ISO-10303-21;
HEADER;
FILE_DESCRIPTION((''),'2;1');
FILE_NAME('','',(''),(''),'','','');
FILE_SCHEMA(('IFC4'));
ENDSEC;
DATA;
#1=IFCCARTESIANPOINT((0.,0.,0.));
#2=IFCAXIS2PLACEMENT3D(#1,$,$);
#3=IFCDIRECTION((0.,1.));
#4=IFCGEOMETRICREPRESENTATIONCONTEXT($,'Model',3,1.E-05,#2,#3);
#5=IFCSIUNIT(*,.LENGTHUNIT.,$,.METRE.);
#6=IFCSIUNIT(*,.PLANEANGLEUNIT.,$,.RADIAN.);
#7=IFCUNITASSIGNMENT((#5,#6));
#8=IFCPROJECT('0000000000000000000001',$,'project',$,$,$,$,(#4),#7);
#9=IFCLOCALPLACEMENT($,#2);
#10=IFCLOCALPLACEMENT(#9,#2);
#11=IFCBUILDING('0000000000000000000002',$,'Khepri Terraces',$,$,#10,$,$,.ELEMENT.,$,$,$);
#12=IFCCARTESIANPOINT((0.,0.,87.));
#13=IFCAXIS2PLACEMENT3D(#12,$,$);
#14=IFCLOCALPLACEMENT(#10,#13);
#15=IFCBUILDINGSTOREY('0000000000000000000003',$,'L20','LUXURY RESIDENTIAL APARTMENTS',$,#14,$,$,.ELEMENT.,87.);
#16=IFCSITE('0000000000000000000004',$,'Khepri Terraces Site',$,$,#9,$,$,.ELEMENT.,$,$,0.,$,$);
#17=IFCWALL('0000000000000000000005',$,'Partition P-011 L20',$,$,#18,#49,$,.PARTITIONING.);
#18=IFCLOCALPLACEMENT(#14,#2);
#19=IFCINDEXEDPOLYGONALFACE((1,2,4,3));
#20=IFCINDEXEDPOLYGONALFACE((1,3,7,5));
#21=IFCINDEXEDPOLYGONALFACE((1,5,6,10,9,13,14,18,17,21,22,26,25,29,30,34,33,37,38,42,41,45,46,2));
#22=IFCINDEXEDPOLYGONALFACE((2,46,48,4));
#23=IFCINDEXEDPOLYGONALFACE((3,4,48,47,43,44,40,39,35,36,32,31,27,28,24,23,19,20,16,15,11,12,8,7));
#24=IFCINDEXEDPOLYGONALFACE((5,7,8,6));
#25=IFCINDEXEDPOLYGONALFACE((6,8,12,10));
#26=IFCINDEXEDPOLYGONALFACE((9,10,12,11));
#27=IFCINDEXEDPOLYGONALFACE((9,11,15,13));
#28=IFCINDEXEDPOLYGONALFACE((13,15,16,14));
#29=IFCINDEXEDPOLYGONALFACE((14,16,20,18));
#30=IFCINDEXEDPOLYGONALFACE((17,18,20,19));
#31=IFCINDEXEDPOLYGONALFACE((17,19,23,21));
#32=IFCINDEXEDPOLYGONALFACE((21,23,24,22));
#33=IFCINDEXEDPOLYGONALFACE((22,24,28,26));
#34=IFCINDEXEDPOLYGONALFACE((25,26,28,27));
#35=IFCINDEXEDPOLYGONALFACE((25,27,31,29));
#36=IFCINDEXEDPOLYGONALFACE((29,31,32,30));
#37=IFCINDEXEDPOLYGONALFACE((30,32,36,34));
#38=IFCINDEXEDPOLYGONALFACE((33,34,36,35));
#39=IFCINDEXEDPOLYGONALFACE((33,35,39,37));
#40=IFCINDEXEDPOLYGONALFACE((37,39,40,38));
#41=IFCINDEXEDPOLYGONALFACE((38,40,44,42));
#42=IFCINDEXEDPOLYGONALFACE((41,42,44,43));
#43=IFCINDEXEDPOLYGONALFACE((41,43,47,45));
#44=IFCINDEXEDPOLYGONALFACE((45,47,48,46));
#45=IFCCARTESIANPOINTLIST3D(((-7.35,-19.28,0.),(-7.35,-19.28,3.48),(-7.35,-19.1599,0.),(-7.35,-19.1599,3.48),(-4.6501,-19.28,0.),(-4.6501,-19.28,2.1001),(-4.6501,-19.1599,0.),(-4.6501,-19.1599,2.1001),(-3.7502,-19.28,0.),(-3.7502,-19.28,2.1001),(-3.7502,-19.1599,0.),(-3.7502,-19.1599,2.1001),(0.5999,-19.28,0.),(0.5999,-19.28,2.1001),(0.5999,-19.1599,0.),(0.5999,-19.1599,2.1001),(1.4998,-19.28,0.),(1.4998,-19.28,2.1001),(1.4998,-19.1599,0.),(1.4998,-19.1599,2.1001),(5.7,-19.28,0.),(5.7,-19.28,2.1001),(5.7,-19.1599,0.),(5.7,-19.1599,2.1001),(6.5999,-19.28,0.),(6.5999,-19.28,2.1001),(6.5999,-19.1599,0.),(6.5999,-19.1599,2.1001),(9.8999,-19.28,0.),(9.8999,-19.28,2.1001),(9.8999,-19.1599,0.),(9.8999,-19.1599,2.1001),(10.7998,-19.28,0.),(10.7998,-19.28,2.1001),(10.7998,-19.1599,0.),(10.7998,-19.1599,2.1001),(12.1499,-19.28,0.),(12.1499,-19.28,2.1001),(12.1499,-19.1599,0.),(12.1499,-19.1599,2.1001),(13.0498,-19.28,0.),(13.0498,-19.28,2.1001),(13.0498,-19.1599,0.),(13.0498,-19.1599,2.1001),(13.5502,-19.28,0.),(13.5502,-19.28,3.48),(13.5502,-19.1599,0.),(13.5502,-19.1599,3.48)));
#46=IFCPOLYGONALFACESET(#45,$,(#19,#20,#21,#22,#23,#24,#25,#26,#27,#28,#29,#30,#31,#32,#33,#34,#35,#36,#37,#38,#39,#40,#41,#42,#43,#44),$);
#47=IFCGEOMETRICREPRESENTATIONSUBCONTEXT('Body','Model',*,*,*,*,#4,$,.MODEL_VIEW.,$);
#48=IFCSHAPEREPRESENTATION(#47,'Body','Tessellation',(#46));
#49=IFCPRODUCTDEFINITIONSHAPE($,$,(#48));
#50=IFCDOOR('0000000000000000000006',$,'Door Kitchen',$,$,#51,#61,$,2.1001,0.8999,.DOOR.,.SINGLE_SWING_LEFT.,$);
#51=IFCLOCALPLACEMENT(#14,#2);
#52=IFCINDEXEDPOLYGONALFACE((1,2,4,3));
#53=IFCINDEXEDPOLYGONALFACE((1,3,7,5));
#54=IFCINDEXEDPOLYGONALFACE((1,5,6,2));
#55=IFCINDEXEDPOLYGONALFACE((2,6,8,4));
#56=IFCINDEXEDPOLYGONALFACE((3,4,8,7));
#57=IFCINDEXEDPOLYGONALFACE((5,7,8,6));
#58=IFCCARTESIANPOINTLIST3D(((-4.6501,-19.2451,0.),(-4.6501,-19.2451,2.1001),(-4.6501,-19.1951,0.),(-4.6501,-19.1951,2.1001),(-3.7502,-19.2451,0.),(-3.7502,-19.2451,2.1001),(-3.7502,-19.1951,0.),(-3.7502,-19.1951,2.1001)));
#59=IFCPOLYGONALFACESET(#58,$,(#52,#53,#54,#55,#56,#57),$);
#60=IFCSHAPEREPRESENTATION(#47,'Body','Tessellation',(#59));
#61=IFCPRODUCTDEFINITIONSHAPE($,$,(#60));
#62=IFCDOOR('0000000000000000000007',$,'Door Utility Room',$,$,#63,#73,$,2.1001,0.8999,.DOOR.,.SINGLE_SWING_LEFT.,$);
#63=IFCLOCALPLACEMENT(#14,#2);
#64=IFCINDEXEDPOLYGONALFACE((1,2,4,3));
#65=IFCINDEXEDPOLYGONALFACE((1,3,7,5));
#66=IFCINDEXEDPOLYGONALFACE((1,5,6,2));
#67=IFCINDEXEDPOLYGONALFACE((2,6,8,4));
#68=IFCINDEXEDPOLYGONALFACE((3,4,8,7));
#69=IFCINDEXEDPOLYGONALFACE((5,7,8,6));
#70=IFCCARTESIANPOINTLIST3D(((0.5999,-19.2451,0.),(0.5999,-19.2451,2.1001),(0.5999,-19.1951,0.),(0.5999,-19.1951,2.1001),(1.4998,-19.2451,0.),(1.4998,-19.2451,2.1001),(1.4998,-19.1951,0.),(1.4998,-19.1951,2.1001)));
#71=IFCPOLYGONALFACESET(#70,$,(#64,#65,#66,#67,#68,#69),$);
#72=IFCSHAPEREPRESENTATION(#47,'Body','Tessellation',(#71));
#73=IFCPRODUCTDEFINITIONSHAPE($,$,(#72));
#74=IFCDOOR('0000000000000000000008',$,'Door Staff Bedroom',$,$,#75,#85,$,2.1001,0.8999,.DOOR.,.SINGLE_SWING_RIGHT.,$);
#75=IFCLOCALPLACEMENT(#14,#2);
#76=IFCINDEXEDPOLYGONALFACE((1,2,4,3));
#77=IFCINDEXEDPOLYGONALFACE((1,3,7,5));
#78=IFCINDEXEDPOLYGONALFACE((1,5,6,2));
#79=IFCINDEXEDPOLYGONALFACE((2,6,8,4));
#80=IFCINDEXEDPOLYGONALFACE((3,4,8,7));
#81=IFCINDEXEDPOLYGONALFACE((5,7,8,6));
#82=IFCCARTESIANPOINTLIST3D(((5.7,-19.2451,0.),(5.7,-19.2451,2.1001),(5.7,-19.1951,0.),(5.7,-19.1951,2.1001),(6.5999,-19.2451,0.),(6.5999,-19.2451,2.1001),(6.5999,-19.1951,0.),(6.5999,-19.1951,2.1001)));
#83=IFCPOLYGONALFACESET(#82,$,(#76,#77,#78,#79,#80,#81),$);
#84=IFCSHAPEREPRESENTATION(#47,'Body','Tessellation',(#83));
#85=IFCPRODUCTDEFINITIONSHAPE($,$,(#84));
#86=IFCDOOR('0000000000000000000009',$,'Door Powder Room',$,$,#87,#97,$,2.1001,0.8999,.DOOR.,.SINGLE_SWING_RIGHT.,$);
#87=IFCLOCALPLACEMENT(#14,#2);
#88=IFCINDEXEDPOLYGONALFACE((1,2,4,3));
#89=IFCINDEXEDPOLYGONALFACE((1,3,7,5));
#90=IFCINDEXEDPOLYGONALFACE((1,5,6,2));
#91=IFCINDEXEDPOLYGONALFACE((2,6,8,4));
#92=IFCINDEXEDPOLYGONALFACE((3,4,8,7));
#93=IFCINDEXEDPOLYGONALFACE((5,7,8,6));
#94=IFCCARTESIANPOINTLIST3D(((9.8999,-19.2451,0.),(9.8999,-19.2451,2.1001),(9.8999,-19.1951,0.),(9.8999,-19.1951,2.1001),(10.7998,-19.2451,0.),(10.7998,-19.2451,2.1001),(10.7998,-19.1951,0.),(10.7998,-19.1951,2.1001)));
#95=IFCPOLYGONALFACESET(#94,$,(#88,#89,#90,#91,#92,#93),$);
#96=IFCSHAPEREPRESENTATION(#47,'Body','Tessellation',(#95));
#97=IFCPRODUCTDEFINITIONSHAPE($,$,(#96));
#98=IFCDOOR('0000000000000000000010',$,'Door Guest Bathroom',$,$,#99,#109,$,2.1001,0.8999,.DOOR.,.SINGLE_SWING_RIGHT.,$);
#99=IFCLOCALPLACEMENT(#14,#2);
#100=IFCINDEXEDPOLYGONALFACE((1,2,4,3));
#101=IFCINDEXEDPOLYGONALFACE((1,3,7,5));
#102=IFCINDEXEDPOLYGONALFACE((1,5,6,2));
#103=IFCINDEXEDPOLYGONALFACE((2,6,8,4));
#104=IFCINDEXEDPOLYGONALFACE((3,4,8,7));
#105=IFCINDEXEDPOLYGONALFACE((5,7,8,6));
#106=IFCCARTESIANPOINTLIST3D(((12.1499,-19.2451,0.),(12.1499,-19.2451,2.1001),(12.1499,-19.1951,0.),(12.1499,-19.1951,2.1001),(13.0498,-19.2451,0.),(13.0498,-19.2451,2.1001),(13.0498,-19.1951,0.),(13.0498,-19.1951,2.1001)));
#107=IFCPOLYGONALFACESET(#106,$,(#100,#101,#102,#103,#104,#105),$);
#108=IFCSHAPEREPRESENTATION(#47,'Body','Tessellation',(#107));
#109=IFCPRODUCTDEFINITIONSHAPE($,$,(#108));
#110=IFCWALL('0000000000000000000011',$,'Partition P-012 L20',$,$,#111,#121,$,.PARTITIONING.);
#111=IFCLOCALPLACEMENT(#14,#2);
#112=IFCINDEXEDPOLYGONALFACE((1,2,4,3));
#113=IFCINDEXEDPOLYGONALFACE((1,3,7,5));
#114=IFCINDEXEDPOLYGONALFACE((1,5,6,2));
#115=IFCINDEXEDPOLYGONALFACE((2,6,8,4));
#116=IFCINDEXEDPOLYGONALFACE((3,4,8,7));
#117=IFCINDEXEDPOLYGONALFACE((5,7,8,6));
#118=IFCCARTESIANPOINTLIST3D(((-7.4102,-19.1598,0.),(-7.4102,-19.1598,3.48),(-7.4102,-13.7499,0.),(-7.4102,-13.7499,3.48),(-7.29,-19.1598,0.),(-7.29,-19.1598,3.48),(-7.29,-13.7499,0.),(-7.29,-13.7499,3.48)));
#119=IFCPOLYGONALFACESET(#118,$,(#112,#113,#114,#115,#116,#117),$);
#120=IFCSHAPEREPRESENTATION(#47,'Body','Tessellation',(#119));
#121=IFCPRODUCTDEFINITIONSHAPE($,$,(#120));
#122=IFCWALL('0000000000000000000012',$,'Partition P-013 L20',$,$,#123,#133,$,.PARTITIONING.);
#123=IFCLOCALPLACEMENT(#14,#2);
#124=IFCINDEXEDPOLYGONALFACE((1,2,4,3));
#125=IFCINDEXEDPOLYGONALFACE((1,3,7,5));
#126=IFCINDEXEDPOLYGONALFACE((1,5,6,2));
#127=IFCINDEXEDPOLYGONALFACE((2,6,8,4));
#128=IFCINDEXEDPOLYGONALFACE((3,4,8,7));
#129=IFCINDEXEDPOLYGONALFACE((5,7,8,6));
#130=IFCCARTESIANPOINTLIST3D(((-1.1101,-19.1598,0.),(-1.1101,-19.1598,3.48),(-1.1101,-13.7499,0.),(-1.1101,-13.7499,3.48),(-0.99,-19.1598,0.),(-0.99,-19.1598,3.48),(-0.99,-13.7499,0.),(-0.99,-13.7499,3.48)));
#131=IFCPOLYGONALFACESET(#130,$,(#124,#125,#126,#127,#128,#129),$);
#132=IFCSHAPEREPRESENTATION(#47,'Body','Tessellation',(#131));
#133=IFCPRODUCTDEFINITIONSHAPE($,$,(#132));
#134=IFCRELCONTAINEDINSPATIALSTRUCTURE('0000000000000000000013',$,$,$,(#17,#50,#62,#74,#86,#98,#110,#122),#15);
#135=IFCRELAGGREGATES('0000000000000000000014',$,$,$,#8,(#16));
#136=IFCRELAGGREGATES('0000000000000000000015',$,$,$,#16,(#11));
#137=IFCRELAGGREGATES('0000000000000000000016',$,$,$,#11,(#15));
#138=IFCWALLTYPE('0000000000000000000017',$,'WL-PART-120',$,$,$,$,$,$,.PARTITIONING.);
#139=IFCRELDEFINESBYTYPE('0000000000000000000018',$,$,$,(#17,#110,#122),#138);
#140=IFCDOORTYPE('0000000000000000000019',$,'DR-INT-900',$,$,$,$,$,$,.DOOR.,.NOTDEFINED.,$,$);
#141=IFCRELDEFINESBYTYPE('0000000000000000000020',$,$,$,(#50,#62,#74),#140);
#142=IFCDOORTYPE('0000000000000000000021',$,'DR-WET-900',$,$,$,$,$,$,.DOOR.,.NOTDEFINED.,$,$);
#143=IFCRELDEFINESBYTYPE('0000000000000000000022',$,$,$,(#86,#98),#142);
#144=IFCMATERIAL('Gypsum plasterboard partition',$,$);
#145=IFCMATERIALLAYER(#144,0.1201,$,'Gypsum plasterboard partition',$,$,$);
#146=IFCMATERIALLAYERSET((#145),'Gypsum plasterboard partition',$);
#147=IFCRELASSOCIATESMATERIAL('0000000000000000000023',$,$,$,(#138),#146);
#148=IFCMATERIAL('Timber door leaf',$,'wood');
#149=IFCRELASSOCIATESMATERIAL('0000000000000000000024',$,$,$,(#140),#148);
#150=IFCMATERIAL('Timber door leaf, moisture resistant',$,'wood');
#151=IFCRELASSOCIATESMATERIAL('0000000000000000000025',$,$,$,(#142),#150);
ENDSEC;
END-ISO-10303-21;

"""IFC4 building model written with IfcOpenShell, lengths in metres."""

from ifc_helpers import new_model, si_unit, direction, frame, frame_2d, origin, place, context, subcontext, project, spatial, rectangle, extrude, material, layer, layer_set, type_object, element, fill, save


model = new_model("IFC4")

# Units and contexts
model_context = context("Model", 3, precision=1e-05, world=origin(), true_north=direction((0.0, 1.0)))
body_context = subcontext(model_context, "Body", "Model", "MODEL_VIEW")
ifc_project = project(units=[si_unit("LENGTHUNIT", "METRE"), si_unit("PLANEANGLEUNIT", "RADIAN")], contexts=[model_context])

# Site, building, storey
site_placement = place(None, origin())
site = spatial("IfcSite", under=ifc_project, at=site_placement, Name="Khepri Terraces Site", CompositionType="ELEMENT", RefElevation=0.0)
building_placement = place(site_placement, origin())
building = spatial("IfcBuilding", under=site, at=building_placement, Name="Khepri Terraces", CompositionType="ELEMENT")
storey_placement = place(building_placement, frame((0.0, 0.0, 87.0)))
storey = spatial("IfcBuildingStorey", under=building, at=storey_placement, Name="L20", Description="LUXURY RESIDENTIAL APARTMENTS", CompositionType="ELEMENT", Elevation=87.0)

# Shared definitions
ifc_material_1 = material(Name="Gypsum plasterboard partition")
ifc_layer_1 = layer(ifc_material_1, 0.1201, Name="Gypsum plasterboard partition")
ifc_layer_set_1 = layer_set([ifc_layer_1], Name="Gypsum plasterboard partition")
wall_type_1 = type_object("IfcWallType", Name="WL-PART-120", PredefinedType="PARTITIONING", material=ifc_layer_set_1)

# Wall, openings, doors
wall_1_placement = place(storey_placement, frame((-7.3501, -19.22, 0.0), z_axis=(0.0, 0.0, 1.0), x_axis=(1.0, 0.0, 0.0)))
wall_1 = element("IfcWall", 1, at=wall_1_placement, inside=storey, type_object=wall_type_1, Name="Partition P-011 L20", PredefinedType="PARTITIONING", context=body_context, shape_type="SweptSolid", body=[
    extrude(rectangle(XDim=20.9001, YDim=0.1201, at=frame_2d((10.4502, 0.0))), origin(), (0.0, 0.0, 1.0), 3.48),
])
opening_1_placement = place(wall_1_placement, frame((2.7, 0.0, 0.0)))
opening_1 = element("IfcOpeningElement", 2, at=opening_1_placement, cuts=wall_1, PredefinedType="OPENING", context=body_context, shape_type="SweptSolid", body=[
    extrude(rectangle(XDim=0.8999, YDim=2.1001, at=frame_2d((0.45, 1.05))), frame((0.0, 0.0701, 0.0), z_axis=(0.0, -1.0, 0.0), x_axis=(1.0, 0.0, 0.0)), (0.0, 0.0, 1.0), 0.1401),
])
opening_2_placement = place(wall_1_placement, frame((7.95, 0.0, 0.0)))
opening_2 = element("IfcOpeningElement", 3, at=opening_2_placement, cuts=wall_1, PredefinedType="OPENING", context=body_context, shape_type="SweptSolid", body=[
    extrude(rectangle(XDim=0.8999, YDim=2.1001, at=frame_2d((0.45, 1.05))), frame((0.0, 0.0701, 0.0), z_axis=(0.0, -1.0, 0.0), x_axis=(1.0, 0.0, 0.0)), (0.0, 0.0, 1.0), 0.1401),
])
opening_3_placement = place(wall_1_placement, frame((13.05, 0.0, 0.0)))
opening_3 = element("IfcOpeningElement", 4, at=opening_3_placement, cuts=wall_1, PredefinedType="OPENING", context=body_context, shape_type="SweptSolid", body=[
    extrude(rectangle(XDim=0.8999, YDim=2.1001, at=frame_2d((0.45, 1.05))), frame((0.0, 0.0701, 0.0), z_axis=(0.0, -1.0, 0.0), x_axis=(1.0, 0.0, 0.0)), (0.0, 0.0, 1.0), 0.1401),
])
opening_4_placement = place(wall_1_placement, frame((17.25, 0.0, 0.0)))
opening_4 = element("IfcOpeningElement", 5, at=opening_4_placement, cuts=wall_1, PredefinedType="OPENING", context=body_context, shape_type="SweptSolid", body=[
    extrude(rectangle(XDim=0.8999, YDim=2.1001, at=frame_2d((0.45, 1.05))), frame((0.0, 0.0701, 0.0), z_axis=(0.0, -1.0, 0.0), x_axis=(1.0, 0.0, 0.0)), (0.0, 0.0, 1.0), 0.1401),
])
opening_5_placement = place(wall_1_placement, frame((19.5, 0.0, 0.0)))
opening_5 = element("IfcOpeningElement", 6, at=opening_5_placement, cuts=wall_1, PredefinedType="OPENING", context=body_context, shape_type="SweptSolid", body=[
    extrude(rectangle(XDim=0.8999, YDim=2.1001, at=frame_2d((0.45, 1.05))), frame((0.0, 0.0701, 0.0), z_axis=(0.0, -1.0, 0.0), x_axis=(1.0, 0.0, 0.0)), (0.0, 0.0, 1.0), 0.1401),
])
ifc_material_2 = material(Name="Timber door leaf", Category="wood")
door_type_1 = type_object("IfcDoorType", Name="DR-INT-900", OperationType="NOTDEFINED", PredefinedType="DOOR", material=ifc_material_2)
door_1_placement = place(opening_1_placement, origin())
door_1 = element("IfcDoor", 7, at=door_1_placement, inside=storey, type_object=door_type_1, Name="Door Kitchen", OperationType="SINGLE_SWING_LEFT", OverallHeight=2.1001, OverallWidth=0.8999, PredefinedType="DOOR", context=body_context, shape_type="SweptSolid", body=[
    extrude(rectangle(XDim=0.8999, YDim=2.1001, at=frame_2d((0.45, 1.05))), frame((0.0, 0.0249, 0.0), z_axis=(0.0, -1.0, 0.0), x_axis=(1.0, 0.0, 0.0)), (0.0, 0.0, 1.0), 0.05),
])
fill(opening_1, door_1)
door_2_placement = place(opening_2_placement, origin())
door_2 = element("IfcDoor", 8, at=door_2_placement, inside=storey, type_object=door_type_1, Name="Door Utility Room", OperationType="SINGLE_SWING_LEFT", OverallHeight=2.1001, OverallWidth=0.8999, PredefinedType="DOOR", context=body_context, shape_type="SweptSolid", body=[
    extrude(rectangle(XDim=0.8999, YDim=2.1001, at=frame_2d((0.45, 1.05))), frame((0.0, 0.0249, 0.0), z_axis=(0.0, -1.0, 0.0), x_axis=(1.0, 0.0, 0.0)), (0.0, 0.0, 1.0), 0.05),
])
fill(opening_2, door_2)
door_3_placement = place(opening_3_placement, origin())
door_3 = element("IfcDoor", 9, at=door_3_placement, inside=storey, type_object=door_type_1, Name="Door Staff Bedroom", OperationType="SINGLE_SWING_RIGHT", OverallHeight=2.1001, OverallWidth=0.8999, PredefinedType="DOOR", context=body_context, shape_type="SweptSolid", body=[
    extrude(rectangle(XDim=0.8999, YDim=2.1001, at=frame_2d((0.45, 1.05))), frame((0.0, 0.0249, 0.0), z_axis=(0.0, -1.0, 0.0), x_axis=(1.0, 0.0, 0.0)), (0.0, 0.0, 1.0), 0.05),
])
fill(opening_3, door_3)
ifc_material_3 = material(Name="Timber door leaf, moisture resistant", Category="wood")
door_type_2 = type_object("IfcDoorType", Name="DR-WET-900", OperationType="NOTDEFINED", PredefinedType="DOOR", material=ifc_material_3)
door_4_placement = place(opening_4_placement, origin())
door_4 = element("IfcDoor", 10, at=door_4_placement, inside=storey, type_object=door_type_2, Name="Door Powder Room", OperationType="SINGLE_SWING_RIGHT", OverallHeight=2.1001, OverallWidth=0.8999, PredefinedType="DOOR", context=body_context, shape_type="SweptSolid", body=[
    extrude(rectangle(XDim=0.8999, YDim=2.1001, at=frame_2d((0.45, 1.05))), frame((0.0, 0.0249, 0.0), z_axis=(0.0, -1.0, 0.0), x_axis=(1.0, 0.0, 0.0)), (0.0, 0.0, 1.0), 0.05),
])
fill(opening_4, door_4)
door_5_placement = place(opening_5_placement, origin())
door_5 = element("IfcDoor", 11, at=door_5_placement, inside=storey, type_object=door_type_2, Name="Door Guest Bathroom", OperationType="SINGLE_SWING_RIGHT", OverallHeight=2.1001, OverallWidth=0.8999, PredefinedType="DOOR", context=body_context, shape_type="SweptSolid", body=[
    extrude(rectangle(XDim=0.8999, YDim=2.1001, at=frame_2d((0.45, 1.05))), frame((0.0, 0.0249, 0.0), z_axis=(0.0, -1.0, 0.0), x_axis=(1.0, 0.0, 0.0)), (0.0, 0.0, 1.0), 0.05),
])
fill(opening_5, door_5)

# Walls
for number, where, z_axis, x_axis, name in (
    (12, (-7.3501, -19.1599, 0.0), (0.0, 0.0, 1.0), (0.0, 1.0, 0.0), "Partition P-012 L20"),
    (13, (-1.05, -19.1599, 0.0), (0.0, 0.0, 1.0), (0.0, 1.0, 0.0), "Partition P-013 L20"),
):
    element("IfcWall", number, at=place(storey_placement, frame(where, z_axis=z_axis, x_axis=x_axis)), inside=storey, type_object=wall_type_1, Name=name, PredefinedType="PARTITIONING", context=body_context, shape_type="SweptSolid", body=[
        extrude(rectangle(XDim=5.4099, YDim=0.1201, at=frame_2d((2.7051, 0.0))), origin(), (0.0, 0.0, 1.0), 3.48),
    ])

save(model, "model.ifc")
